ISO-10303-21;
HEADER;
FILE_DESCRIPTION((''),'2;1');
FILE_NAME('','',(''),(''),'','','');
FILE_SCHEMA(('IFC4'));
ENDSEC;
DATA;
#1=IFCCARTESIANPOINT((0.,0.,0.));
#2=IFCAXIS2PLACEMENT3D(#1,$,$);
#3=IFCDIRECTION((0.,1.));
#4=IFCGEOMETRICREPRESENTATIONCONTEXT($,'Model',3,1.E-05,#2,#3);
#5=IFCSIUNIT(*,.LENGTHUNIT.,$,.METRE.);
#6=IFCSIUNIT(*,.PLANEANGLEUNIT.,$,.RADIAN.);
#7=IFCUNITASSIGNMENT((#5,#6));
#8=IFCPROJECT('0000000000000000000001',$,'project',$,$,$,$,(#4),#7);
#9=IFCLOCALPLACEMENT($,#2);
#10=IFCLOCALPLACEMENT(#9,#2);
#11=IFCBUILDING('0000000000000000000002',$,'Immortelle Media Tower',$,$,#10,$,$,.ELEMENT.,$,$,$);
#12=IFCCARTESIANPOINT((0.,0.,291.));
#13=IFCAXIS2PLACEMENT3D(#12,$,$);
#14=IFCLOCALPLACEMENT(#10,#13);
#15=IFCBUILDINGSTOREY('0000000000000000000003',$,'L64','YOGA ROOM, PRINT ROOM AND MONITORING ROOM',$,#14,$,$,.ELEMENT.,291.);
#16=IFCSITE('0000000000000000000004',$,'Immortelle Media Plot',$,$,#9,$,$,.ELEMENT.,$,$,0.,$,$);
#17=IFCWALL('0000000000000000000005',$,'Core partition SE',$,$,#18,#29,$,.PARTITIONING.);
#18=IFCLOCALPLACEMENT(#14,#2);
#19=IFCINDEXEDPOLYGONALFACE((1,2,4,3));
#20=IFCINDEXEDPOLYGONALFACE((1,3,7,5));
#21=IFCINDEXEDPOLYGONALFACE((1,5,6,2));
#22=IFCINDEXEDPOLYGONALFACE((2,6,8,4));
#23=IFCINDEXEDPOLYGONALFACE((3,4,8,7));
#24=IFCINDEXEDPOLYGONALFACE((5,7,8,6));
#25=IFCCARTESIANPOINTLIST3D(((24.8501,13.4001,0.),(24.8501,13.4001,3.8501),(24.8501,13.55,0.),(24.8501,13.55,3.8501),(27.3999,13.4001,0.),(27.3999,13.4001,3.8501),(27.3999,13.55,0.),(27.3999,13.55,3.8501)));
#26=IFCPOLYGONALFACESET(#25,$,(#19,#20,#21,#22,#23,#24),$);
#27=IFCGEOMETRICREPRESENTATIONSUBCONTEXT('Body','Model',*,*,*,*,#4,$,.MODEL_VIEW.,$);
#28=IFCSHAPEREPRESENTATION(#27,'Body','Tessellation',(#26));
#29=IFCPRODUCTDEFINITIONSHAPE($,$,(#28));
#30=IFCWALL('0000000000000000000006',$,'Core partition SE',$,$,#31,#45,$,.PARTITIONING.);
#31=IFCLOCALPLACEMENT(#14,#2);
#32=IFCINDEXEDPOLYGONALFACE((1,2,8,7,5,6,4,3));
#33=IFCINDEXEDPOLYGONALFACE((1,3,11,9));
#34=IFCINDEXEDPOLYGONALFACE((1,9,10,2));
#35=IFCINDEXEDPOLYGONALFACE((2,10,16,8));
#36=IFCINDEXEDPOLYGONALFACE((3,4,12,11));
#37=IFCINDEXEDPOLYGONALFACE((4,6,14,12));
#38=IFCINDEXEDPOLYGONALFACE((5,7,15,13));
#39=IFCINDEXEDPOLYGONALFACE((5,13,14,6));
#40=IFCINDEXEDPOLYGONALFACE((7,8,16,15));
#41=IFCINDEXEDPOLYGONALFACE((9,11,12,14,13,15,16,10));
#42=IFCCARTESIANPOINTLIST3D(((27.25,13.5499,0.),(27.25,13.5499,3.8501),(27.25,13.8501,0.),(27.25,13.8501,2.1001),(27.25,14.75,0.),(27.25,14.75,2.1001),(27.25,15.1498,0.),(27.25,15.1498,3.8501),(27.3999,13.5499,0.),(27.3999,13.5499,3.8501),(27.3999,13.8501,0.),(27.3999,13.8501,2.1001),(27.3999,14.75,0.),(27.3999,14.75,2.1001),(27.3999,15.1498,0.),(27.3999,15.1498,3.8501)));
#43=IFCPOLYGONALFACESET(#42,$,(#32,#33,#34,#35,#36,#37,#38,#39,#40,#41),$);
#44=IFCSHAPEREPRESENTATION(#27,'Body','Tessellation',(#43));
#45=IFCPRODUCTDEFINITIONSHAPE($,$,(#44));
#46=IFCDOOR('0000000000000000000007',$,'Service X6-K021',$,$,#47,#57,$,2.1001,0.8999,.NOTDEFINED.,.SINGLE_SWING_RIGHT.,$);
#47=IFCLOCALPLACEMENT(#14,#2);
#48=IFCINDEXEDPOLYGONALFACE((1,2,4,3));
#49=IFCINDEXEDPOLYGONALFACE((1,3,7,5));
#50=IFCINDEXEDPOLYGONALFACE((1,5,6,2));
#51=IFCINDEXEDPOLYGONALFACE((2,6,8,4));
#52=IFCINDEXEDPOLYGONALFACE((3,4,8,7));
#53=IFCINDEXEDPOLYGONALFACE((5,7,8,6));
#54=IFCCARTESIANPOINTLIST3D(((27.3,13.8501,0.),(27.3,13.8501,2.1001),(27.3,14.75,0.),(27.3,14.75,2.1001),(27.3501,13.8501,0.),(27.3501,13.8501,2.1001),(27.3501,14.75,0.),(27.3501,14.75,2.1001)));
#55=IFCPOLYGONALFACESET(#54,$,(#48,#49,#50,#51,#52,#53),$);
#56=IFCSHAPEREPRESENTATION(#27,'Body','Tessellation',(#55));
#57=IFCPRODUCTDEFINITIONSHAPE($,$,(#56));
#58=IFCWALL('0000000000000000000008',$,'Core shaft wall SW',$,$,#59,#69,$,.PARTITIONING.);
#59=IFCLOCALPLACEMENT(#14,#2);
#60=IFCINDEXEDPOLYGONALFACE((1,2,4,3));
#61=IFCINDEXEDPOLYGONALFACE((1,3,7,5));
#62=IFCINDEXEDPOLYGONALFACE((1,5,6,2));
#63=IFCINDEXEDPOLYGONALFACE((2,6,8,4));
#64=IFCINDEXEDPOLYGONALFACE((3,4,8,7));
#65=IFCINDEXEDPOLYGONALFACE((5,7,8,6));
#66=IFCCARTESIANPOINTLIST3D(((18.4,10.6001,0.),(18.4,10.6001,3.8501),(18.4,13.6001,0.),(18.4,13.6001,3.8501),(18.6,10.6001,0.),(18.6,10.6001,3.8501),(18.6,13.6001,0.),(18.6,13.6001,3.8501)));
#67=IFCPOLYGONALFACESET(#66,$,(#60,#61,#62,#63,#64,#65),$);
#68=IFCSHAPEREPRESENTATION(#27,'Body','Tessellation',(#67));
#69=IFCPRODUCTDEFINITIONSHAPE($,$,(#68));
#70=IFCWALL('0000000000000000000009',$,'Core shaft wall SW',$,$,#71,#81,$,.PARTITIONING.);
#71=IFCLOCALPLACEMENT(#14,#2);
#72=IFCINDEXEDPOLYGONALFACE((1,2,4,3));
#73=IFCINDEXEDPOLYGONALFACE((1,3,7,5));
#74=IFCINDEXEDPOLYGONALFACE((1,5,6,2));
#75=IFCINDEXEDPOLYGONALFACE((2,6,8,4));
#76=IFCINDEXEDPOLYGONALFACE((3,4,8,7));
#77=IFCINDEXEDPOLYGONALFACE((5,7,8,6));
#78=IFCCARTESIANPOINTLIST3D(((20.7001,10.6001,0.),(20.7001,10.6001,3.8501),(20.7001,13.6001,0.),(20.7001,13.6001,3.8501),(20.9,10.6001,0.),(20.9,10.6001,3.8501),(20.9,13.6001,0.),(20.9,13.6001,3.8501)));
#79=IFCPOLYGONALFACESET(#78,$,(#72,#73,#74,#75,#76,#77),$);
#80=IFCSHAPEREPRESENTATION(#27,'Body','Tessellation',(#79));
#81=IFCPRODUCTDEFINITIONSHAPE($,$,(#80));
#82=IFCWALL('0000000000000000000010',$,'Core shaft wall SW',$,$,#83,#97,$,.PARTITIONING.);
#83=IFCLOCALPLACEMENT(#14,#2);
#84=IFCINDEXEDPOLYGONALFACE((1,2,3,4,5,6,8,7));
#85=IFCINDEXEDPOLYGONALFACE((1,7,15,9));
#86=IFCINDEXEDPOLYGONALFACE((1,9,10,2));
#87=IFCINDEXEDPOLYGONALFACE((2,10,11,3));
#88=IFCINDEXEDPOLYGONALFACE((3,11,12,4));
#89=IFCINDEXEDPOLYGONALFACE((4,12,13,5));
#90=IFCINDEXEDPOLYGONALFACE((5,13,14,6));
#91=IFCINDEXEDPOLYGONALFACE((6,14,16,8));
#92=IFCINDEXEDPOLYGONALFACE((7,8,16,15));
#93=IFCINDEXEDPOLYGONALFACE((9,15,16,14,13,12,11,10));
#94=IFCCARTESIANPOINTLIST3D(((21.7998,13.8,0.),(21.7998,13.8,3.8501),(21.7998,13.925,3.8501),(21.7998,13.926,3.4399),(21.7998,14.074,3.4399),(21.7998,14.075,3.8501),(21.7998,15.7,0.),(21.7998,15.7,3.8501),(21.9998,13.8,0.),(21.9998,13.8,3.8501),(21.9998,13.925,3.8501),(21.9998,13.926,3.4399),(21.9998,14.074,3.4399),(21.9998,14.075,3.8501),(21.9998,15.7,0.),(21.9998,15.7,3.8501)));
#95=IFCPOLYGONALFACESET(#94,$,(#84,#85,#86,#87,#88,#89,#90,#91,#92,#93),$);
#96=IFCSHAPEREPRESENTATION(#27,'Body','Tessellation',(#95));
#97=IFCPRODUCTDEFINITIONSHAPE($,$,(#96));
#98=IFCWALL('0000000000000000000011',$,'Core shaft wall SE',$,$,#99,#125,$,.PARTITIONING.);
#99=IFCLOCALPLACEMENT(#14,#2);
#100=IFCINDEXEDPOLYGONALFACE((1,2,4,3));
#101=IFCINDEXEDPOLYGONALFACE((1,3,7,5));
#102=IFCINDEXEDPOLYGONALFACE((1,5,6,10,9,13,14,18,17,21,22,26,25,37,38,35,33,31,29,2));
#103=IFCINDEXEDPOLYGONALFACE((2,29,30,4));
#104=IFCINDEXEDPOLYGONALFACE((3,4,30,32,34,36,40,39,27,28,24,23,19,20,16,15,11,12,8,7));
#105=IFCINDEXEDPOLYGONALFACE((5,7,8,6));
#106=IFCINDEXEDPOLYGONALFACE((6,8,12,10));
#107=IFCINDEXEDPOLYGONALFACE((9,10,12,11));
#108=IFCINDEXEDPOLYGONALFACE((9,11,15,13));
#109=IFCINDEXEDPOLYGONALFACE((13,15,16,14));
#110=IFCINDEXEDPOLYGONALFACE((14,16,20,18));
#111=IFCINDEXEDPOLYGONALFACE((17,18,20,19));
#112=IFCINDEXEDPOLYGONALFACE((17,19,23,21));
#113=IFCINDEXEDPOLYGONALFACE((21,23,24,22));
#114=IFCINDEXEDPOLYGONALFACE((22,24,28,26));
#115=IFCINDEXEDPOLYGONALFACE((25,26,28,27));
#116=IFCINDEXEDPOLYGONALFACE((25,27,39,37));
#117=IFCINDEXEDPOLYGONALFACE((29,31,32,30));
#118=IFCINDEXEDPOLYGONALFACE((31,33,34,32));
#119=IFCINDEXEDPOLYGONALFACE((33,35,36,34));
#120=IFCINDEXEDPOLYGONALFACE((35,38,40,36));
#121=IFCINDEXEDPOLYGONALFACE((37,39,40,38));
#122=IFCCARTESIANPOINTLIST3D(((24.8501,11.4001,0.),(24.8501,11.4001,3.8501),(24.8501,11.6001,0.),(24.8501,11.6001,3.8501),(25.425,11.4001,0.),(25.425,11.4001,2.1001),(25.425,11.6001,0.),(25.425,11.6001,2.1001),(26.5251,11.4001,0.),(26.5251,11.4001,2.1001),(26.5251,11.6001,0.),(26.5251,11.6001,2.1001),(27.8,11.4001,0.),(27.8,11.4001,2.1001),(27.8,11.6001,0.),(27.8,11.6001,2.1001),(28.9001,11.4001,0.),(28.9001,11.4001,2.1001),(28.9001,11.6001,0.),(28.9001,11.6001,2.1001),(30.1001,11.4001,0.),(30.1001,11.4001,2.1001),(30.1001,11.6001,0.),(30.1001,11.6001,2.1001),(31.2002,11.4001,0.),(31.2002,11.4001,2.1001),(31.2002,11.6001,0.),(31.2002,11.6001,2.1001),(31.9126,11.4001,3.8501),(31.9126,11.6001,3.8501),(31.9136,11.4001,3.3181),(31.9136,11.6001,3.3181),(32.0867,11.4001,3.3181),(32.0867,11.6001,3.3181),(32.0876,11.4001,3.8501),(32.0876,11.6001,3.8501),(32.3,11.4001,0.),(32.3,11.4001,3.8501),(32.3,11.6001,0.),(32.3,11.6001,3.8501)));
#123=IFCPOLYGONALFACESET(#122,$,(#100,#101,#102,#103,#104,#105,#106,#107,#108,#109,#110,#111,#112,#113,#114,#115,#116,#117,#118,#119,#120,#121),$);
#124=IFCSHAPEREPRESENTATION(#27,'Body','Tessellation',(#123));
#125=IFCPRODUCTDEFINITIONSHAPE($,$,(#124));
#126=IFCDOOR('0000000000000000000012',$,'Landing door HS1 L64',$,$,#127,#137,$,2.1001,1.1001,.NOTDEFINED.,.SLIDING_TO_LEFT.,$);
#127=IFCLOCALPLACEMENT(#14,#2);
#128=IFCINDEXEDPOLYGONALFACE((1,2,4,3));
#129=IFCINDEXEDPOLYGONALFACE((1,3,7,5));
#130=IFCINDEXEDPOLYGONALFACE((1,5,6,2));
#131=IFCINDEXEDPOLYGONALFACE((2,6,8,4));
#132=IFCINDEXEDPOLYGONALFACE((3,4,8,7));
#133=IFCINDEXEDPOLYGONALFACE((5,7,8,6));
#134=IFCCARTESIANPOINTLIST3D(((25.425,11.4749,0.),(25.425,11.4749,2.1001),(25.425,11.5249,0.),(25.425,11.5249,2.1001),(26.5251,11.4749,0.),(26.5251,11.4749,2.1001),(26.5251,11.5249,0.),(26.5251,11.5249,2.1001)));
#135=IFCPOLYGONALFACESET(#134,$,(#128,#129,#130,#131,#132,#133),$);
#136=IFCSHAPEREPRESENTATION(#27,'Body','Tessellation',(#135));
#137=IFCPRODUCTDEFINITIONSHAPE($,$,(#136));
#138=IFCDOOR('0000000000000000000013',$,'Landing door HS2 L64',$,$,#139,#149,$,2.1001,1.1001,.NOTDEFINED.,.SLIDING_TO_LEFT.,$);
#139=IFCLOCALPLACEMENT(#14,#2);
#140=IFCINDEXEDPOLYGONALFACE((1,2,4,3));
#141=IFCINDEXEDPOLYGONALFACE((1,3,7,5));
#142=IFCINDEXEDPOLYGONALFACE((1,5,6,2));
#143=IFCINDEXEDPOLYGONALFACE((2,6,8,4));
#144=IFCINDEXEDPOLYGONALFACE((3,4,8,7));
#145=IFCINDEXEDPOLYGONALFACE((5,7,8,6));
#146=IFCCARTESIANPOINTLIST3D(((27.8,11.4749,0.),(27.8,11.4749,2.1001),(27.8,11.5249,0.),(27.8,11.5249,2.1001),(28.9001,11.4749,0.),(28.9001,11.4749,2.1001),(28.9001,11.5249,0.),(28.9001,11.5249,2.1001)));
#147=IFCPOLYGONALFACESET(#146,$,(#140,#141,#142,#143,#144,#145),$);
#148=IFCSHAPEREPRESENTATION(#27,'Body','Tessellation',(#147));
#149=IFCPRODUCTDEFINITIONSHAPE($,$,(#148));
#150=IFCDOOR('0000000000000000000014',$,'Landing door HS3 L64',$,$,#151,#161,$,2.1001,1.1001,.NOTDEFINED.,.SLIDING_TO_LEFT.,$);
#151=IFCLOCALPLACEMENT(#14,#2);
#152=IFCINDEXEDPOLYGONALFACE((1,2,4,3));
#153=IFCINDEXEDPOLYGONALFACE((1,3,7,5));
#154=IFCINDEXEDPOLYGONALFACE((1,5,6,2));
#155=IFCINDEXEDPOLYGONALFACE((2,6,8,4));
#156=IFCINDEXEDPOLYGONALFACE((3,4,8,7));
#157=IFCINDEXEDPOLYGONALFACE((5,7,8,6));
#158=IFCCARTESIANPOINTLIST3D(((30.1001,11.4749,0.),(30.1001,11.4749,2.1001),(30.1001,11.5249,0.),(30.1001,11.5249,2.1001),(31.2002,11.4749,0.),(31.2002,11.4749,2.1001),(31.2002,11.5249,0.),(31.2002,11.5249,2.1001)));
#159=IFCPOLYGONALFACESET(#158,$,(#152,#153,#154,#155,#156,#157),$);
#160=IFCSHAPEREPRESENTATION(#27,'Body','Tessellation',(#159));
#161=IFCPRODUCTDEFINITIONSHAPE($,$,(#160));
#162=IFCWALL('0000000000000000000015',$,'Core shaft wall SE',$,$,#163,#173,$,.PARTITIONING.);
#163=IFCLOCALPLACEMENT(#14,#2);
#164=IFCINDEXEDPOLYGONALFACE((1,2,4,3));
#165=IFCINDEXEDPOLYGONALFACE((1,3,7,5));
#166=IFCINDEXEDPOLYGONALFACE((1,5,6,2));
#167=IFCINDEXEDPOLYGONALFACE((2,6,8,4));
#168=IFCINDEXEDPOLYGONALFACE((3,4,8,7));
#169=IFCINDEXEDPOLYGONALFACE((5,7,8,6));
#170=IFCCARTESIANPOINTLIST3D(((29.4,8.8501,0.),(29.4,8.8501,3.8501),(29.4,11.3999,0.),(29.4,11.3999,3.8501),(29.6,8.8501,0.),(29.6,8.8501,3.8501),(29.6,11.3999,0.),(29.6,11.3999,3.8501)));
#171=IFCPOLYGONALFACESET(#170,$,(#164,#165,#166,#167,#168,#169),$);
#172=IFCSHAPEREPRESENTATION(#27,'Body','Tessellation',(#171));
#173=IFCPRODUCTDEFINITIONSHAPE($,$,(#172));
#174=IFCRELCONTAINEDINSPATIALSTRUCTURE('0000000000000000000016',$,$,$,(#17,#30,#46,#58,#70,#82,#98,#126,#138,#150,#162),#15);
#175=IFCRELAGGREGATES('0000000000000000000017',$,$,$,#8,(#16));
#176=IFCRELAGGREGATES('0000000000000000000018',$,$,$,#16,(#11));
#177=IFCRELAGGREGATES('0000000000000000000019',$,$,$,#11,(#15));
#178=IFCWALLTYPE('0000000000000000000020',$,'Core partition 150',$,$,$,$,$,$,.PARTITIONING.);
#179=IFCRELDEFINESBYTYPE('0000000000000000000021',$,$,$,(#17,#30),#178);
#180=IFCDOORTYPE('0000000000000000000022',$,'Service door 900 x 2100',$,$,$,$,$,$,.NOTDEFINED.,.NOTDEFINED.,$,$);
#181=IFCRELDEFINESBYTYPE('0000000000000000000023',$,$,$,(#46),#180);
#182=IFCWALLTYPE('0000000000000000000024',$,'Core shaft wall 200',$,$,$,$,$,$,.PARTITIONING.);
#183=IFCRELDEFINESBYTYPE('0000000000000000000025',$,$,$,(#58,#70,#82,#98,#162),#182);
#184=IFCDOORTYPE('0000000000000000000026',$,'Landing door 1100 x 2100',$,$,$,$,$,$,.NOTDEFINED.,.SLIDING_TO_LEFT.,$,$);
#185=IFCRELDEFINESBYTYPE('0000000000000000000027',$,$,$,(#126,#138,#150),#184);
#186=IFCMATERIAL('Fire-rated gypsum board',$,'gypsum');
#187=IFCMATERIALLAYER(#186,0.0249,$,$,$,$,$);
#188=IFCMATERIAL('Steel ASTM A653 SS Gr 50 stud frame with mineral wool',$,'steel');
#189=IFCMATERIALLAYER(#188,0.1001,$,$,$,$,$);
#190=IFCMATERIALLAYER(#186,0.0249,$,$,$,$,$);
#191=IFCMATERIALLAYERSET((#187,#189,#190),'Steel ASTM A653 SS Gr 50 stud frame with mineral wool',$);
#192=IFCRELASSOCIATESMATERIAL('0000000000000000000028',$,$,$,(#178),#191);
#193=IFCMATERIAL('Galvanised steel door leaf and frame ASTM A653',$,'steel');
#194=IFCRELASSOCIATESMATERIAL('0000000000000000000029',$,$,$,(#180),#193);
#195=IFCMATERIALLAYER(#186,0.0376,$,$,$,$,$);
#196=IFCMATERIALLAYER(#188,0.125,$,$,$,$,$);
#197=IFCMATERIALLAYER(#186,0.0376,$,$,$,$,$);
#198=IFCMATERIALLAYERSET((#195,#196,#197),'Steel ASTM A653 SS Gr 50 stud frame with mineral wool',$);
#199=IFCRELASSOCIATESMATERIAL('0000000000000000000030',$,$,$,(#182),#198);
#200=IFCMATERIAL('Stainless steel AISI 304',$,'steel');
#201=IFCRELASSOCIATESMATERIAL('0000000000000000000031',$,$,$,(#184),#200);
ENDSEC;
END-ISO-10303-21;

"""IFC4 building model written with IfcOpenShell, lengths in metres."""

from ifc_helpers import new_model, si_unit, direction, frame, frame_2d, origin, place, context, subcontext, project, spatial, polyline, rectangle, outline, extrude, material, layer, layer_set, type_object, element, fill, save


model = new_model("IFC4")

# Units and contexts
model_context = context("Model", 3, precision=1e-05, world=origin(), true_north=direction((0.0, 1.0)))
body_context = subcontext(model_context, "Body", "Model", "MODEL_VIEW")
ifc_project = project(units=[si_unit("LENGTHUNIT", "METRE"), si_unit("PLANEANGLEUNIT", "RADIAN")], contexts=[model_context])

# Site, building, storey
site_placement = place(None, origin())
site = spatial("IfcSite", under=ifc_project, at=site_placement, Name="Immortelle Media Plot", CompositionType="ELEMENT", RefElevation=0.0)
building_placement = place(site_placement, origin())
building = spatial("IfcBuilding", under=site, at=building_placement, Name="Immortelle Media Tower", CompositionType="ELEMENT")
storey_placement = place(building_placement, frame((0.0, 0.0, 291.0)))
storey = spatial("IfcBuildingStorey", under=building, at=storey_placement, Name="L64", Description="YOGA ROOM, PRINT ROOM AND MONITORING ROOM", CompositionType="ELEMENT", Elevation=291.0)

# Wall
ifc_material_1 = material(Name="Fire-rated gypsum board", Category="gypsum")
ifc_layer_1 = layer(ifc_material_1, 0.0249)
ifc_material_2 = material(Name="Steel ASTM A653 SS Gr 50 stud frame with mineral wool", Category="steel")
ifc_layer_2 = layer(ifc_material_2, 0.1001)
ifc_layer_3 = layer(ifc_material_1, 0.0249)
ifc_layer_set_1 = layer_set([ifc_layer_1, ifc_layer_2, ifc_layer_3], Name="Steel ASTM A653 SS Gr 50 stud frame with mineral wool")
wall_type_1 = type_object("IfcWallType", Name="Core partition 150", PredefinedType="PARTITIONING", material=ifc_layer_set_1)
wall_1_placement = place(storey_placement, frame((24.8501, 13.4751, 0.0), z_axis=(0.0, 0.0, 1.0), x_axis=(1.0, 0.0, 0.0)))
element("IfcWall", 1, at=wall_1_placement, inside=storey, type_object=wall_type_1, Name="Core partition SE", PredefinedType="PARTITIONING", context=body_context, shape_type="SweptSolid", body=[
    extrude(rectangle(XDim=2.5498, YDim=0.1499, at=frame_2d((1.2749, 0.0))), origin(), (0.0, 0.0, 1.0), 3.8501),
])

# Wall, opening, door
wall_2_placement = place(storey_placement, frame((27.325, 13.55, 0.0), z_axis=(0.0, 0.0, 1.0), x_axis=(0.0, 1.0, 0.0)))
wall_2 = element("IfcWall", 2, at=wall_2_placement, inside=storey, type_object=wall_type_1, Name="Core partition SE", PredefinedType="PARTITIONING", context=body_context, shape_type="SweptSolid", body=[
    extrude(rectangle(XDim=1.5999, YDim=0.1499, at=frame_2d((0.7998, 0.0))), origin(), (0.0, 0.0, 1.0), 3.8501),
])
opening_1_placement = place(wall_2_placement, frame((0.3, 0.0, 0.0)))
opening_1 = element("IfcOpeningElement", 3, at=opening_1_placement, cuts=wall_2, PredefinedType="OPENING", context=body_context, shape_type="SweptSolid", body=[
    extrude(rectangle(XDim=0.8999, YDim=2.1001, at=frame_2d((0.45, 1.05))), frame((0.0, 0.085, 0.0), z_axis=(0.0, -1.0, 0.0), x_axis=(1.0, 0.0, 0.0)), (0.0, 0.0, 1.0), 0.1699),
])
ifc_material_3 = material(Name="Galvanised steel door leaf and frame ASTM A653", Category="steel")
door_type_1 = type_object("IfcDoorType", Name="Service door 900 x 2100", OperationType="NOTDEFINED", PredefinedType="NOTDEFINED", material=ifc_material_3)
door_1_placement = place(opening_1_placement, origin())
door_1 = element("IfcDoor", 4, at=door_1_placement, inside=storey, type_object=door_type_1, Name="Service X6-K021", OperationType="SINGLE_SWING_RIGHT", OverallHeight=2.1001, OverallWidth=0.8999, PredefinedType="NOTDEFINED", context=body_context, shape_type="SweptSolid", body=[
    extrude(rectangle(XDim=0.8999, YDim=2.1001, at=frame_2d((0.45, 1.05))), frame((0.0, 0.0249, 0.0), z_axis=(0.0, -1.0, 0.0), x_axis=(1.0, 0.0, 0.0)), (0.0, 0.0, 1.0), 0.05),
])
fill(opening_1, door_1)

# Walls
ifc_layer_4 = layer(ifc_material_1, 0.0376)
ifc_layer_5 = layer(ifc_material_2, 0.125)
ifc_layer_6 = layer(ifc_material_1, 0.0376)
ifc_layer_set_2 = layer_set([ifc_layer_4, ifc_layer_5, ifc_layer_6], Name="Steel ASTM A653 SS Gr 50 stud frame with mineral wool")
wall_type_2 = type_object("IfcWallType", Name="Core shaft wall 200", PredefinedType="PARTITIONING", material=ifc_layer_set_2)
for number, where, z_axis, x_axis, name in (
    (5, (18.5, 10.6001, 0.0), (0.0, 0.0, 1.0), (0.0, 1.0, 0.0), "Core shaft wall SW"),
    (6, (20.8, 10.6001, 0.0), (0.0, 0.0, 1.0), (0.0, 1.0, 0.0), "Core shaft wall SW"),
):
    element("IfcWall", number, at=place(storey_placement, frame(where, z_axis=z_axis, x_axis=x_axis)), inside=storey, type_object=wall_type_2, Name=name, PredefinedType="PARTITIONING", context=body_context, shape_type="SweptSolid", body=[
        extrude(rectangle(XDim=3.0, YDim=0.2, at=frame_2d((1.5, 0.0))), origin(), (0.0, 0.0, 1.0), 3.8501),
    ])
wall_3_placement = place(storey_placement, frame((21.8999, 13.8, 0.0), z_axis=(0.0, 0.0, 1.0), x_axis=(0.0, 1.0, 0.0)))
element("IfcWall", 7, at=wall_3_placement, inside=storey, type_object=wall_type_2, Name="Core shaft wall SW", PredefinedType="PARTITIONING", context=body_context, shape_type="SweptSolid", body=[
    extrude(outline(polyline([(0.0, 0.0), (1.8999, 0.0), (1.8999, 3.8501), (0.2749, 3.8501), (0.2739, 3.4399), (0.126, 3.4399), (0.125, 3.8501), (0.0, 3.8501), (0.0, 0.0)])), frame((0.0, 0.1001, 0.0), z_axis=(0.0, -1.0, 0.0), x_axis=(1.0, 0.0, 0.0)), (0.0, 0.0, 1.0), 0.2),
])

# Wall, openings, doors
wall_4_placement = place(storey_placement, frame((24.8501, 11.5, 0.0), z_axis=(0.0, 0.0, 1.0), x_axis=(1.0, 0.0, 0.0)))
wall_4 = element("IfcWall", 8, at=wall_4_placement, inside=storey, type_object=wall_type_2, Name="Core shaft wall SE", PredefinedType="PARTITIONING", context=body_context, shape_type="SweptSolid", body=[
    extrude(outline(polyline([(0.0, 0.0), (7.45, 0.0), (7.45, 3.8501), (7.2375, 3.8501), (7.2366, 3.3181), (7.0635, 3.3181), (7.0625, 3.8501), (0.0, 3.8501), (0.0, 0.0)])), frame((0.0, 0.1001, 0.0), z_axis=(0.0, -1.0, 0.0), x_axis=(1.0, 0.0, 0.0)), (0.0, 0.0, 1.0), 0.2),
])
opening_2_placement = place(wall_4_placement, frame((0.575, 0.0, 0.0)))
opening_2 = element("IfcOpeningElement", 9, at=opening_2_placement, cuts=wall_4, PredefinedType="OPENING", context=body_context, shape_type="SweptSolid", body=[
    extrude(rectangle(XDim=1.1001, YDim=2.1001, at=frame_2d((0.55, 1.05))), frame((0.0, 0.1099, 0.0), z_axis=(0.0, -1.0, 0.0), x_axis=(1.0, 0.0, 0.0)), (0.0, 0.0, 1.0), 0.22),
])
opening_3_placement = place(wall_4_placement, frame((2.95, 0.0, 0.0)))
opening_3 = element("IfcOpeningElement", 10, at=opening_3_placement, cuts=wall_4, PredefinedType="OPENING", context=body_context, shape_type="SweptSolid", body=[
    extrude(rectangle(XDim=1.1001, YDim=2.1001, at=frame_2d((0.55, 1.05))), frame((0.0, 0.1099, 0.0), z_axis=(0.0, -1.0, 0.0), x_axis=(1.0, 0.0, 0.0)), (0.0, 0.0, 1.0), 0.22),
])
opening_4_placement = place(wall_4_placement, frame((5.25, 0.0, 0.0)))
opening_4 = element("IfcOpeningElement", 11, at=opening_4_placement, cuts=wall_4, PredefinedType="OPENING", context=body_context, shape_type="SweptSolid", body=[
    extrude(rectangle(XDim=1.1001, YDim=2.1001, at=frame_2d((0.55, 1.05))), frame((0.0, 0.1099, 0.0), z_axis=(0.0, -1.0, 0.0), x_axis=(1.0, 0.0, 0.0)), (0.0, 0.0, 1.0), 0.22),
])
ifc_material_4 = material(Name="Stainless steel AISI 304", Category="steel")
door_type_2 = type_object("IfcDoorType", Name="Landing door 1100 x 2100", OperationType="SLIDING_TO_LEFT", PredefinedType="NOTDEFINED", material=ifc_material_4)
door_2_placement = place(opening_2_placement, origin())
door_2 = element("IfcDoor", 12, at=door_2_placement, inside=storey, type_object=door_type_2, Name="Landing door HS1 L64", OperationType="SLIDING_TO_LEFT", OverallHeight=2.1001, OverallWidth=1.1001, PredefinedType="NOTDEFINED", context=body_context, shape_type="SweptSolid", body=[
    extrude(rectangle(XDim=1.1001, YDim=2.1001, at=frame_2d((0.55, 1.05))), frame((0.0, 0.0249, 0.0), z_axis=(0.0, -1.0, 0.0), x_axis=(1.0, 0.0, 0.0)), (0.0, 0.0, 1.0), 0.05),
])
fill(opening_2, door_2)
door_3_placement = place(opening_3_placement, origin())
door_3 = element("IfcDoor", 13, at=door_3_placement, inside=storey, type_object=door_type_2, Name="Landing door HS2 L64", OperationType="SLIDING_TO_LEFT", OverallHeight=2.1001, OverallWidth=1.1001, PredefinedType="NOTDEFINED", context=body_context, shape_type="SweptSolid", body=[
    extrude(rectangle(XDim=1.1001, YDim=2.1001, at=frame_2d((0.55, 1.05))), frame((0.0, 0.0249, 0.0), z_axis=(0.0, -1.0, 0.0), x_axis=(1.0, 0.0, 0.0)), (0.0, 0.0, 1.0), 0.05),
])
fill(opening_3, door_3)
door_4_placement = place(opening_4_placement, origin())
door_4 = element("IfcDoor", 14, at=door_4_placement, inside=storey, type_object=door_type_2, Name="Landing door HS3 L64", OperationType="SLIDING_TO_LEFT", OverallHeight=2.1001, OverallWidth=1.1001, PredefinedType="NOTDEFINED", context=body_context, shape_type="SweptSolid", body=[
    extrude(rectangle(XDim=1.1001, YDim=2.1001, at=frame_2d((0.55, 1.05))), frame((0.0, 0.0249, 0.0), z_axis=(0.0, -1.0, 0.0), x_axis=(1.0, 0.0, 0.0)), (0.0, 0.0, 1.0), 0.05),
])
fill(opening_4, door_4)

# Wall
wall_5_placement = place(storey_placement, frame((29.5, 8.8501, 0.0), z_axis=(0.0, 0.0, 1.0), x_axis=(0.0, 1.0, 0.0)))
element("IfcWall", 15, at=wall_5_placement, inside=storey, type_object=wall_type_2, Name="Core shaft wall SE", PredefinedType="PARTITIONING", context=body_context, shape_type="SweptSolid", body=[
    extrude(rectangle(XDim=2.5498, YDim=0.2, at=frame_2d((1.2749, 0.0))), origin(), (0.0, 0.0, 1.0), 3.8501),
])

save(model, "model.ifc")
